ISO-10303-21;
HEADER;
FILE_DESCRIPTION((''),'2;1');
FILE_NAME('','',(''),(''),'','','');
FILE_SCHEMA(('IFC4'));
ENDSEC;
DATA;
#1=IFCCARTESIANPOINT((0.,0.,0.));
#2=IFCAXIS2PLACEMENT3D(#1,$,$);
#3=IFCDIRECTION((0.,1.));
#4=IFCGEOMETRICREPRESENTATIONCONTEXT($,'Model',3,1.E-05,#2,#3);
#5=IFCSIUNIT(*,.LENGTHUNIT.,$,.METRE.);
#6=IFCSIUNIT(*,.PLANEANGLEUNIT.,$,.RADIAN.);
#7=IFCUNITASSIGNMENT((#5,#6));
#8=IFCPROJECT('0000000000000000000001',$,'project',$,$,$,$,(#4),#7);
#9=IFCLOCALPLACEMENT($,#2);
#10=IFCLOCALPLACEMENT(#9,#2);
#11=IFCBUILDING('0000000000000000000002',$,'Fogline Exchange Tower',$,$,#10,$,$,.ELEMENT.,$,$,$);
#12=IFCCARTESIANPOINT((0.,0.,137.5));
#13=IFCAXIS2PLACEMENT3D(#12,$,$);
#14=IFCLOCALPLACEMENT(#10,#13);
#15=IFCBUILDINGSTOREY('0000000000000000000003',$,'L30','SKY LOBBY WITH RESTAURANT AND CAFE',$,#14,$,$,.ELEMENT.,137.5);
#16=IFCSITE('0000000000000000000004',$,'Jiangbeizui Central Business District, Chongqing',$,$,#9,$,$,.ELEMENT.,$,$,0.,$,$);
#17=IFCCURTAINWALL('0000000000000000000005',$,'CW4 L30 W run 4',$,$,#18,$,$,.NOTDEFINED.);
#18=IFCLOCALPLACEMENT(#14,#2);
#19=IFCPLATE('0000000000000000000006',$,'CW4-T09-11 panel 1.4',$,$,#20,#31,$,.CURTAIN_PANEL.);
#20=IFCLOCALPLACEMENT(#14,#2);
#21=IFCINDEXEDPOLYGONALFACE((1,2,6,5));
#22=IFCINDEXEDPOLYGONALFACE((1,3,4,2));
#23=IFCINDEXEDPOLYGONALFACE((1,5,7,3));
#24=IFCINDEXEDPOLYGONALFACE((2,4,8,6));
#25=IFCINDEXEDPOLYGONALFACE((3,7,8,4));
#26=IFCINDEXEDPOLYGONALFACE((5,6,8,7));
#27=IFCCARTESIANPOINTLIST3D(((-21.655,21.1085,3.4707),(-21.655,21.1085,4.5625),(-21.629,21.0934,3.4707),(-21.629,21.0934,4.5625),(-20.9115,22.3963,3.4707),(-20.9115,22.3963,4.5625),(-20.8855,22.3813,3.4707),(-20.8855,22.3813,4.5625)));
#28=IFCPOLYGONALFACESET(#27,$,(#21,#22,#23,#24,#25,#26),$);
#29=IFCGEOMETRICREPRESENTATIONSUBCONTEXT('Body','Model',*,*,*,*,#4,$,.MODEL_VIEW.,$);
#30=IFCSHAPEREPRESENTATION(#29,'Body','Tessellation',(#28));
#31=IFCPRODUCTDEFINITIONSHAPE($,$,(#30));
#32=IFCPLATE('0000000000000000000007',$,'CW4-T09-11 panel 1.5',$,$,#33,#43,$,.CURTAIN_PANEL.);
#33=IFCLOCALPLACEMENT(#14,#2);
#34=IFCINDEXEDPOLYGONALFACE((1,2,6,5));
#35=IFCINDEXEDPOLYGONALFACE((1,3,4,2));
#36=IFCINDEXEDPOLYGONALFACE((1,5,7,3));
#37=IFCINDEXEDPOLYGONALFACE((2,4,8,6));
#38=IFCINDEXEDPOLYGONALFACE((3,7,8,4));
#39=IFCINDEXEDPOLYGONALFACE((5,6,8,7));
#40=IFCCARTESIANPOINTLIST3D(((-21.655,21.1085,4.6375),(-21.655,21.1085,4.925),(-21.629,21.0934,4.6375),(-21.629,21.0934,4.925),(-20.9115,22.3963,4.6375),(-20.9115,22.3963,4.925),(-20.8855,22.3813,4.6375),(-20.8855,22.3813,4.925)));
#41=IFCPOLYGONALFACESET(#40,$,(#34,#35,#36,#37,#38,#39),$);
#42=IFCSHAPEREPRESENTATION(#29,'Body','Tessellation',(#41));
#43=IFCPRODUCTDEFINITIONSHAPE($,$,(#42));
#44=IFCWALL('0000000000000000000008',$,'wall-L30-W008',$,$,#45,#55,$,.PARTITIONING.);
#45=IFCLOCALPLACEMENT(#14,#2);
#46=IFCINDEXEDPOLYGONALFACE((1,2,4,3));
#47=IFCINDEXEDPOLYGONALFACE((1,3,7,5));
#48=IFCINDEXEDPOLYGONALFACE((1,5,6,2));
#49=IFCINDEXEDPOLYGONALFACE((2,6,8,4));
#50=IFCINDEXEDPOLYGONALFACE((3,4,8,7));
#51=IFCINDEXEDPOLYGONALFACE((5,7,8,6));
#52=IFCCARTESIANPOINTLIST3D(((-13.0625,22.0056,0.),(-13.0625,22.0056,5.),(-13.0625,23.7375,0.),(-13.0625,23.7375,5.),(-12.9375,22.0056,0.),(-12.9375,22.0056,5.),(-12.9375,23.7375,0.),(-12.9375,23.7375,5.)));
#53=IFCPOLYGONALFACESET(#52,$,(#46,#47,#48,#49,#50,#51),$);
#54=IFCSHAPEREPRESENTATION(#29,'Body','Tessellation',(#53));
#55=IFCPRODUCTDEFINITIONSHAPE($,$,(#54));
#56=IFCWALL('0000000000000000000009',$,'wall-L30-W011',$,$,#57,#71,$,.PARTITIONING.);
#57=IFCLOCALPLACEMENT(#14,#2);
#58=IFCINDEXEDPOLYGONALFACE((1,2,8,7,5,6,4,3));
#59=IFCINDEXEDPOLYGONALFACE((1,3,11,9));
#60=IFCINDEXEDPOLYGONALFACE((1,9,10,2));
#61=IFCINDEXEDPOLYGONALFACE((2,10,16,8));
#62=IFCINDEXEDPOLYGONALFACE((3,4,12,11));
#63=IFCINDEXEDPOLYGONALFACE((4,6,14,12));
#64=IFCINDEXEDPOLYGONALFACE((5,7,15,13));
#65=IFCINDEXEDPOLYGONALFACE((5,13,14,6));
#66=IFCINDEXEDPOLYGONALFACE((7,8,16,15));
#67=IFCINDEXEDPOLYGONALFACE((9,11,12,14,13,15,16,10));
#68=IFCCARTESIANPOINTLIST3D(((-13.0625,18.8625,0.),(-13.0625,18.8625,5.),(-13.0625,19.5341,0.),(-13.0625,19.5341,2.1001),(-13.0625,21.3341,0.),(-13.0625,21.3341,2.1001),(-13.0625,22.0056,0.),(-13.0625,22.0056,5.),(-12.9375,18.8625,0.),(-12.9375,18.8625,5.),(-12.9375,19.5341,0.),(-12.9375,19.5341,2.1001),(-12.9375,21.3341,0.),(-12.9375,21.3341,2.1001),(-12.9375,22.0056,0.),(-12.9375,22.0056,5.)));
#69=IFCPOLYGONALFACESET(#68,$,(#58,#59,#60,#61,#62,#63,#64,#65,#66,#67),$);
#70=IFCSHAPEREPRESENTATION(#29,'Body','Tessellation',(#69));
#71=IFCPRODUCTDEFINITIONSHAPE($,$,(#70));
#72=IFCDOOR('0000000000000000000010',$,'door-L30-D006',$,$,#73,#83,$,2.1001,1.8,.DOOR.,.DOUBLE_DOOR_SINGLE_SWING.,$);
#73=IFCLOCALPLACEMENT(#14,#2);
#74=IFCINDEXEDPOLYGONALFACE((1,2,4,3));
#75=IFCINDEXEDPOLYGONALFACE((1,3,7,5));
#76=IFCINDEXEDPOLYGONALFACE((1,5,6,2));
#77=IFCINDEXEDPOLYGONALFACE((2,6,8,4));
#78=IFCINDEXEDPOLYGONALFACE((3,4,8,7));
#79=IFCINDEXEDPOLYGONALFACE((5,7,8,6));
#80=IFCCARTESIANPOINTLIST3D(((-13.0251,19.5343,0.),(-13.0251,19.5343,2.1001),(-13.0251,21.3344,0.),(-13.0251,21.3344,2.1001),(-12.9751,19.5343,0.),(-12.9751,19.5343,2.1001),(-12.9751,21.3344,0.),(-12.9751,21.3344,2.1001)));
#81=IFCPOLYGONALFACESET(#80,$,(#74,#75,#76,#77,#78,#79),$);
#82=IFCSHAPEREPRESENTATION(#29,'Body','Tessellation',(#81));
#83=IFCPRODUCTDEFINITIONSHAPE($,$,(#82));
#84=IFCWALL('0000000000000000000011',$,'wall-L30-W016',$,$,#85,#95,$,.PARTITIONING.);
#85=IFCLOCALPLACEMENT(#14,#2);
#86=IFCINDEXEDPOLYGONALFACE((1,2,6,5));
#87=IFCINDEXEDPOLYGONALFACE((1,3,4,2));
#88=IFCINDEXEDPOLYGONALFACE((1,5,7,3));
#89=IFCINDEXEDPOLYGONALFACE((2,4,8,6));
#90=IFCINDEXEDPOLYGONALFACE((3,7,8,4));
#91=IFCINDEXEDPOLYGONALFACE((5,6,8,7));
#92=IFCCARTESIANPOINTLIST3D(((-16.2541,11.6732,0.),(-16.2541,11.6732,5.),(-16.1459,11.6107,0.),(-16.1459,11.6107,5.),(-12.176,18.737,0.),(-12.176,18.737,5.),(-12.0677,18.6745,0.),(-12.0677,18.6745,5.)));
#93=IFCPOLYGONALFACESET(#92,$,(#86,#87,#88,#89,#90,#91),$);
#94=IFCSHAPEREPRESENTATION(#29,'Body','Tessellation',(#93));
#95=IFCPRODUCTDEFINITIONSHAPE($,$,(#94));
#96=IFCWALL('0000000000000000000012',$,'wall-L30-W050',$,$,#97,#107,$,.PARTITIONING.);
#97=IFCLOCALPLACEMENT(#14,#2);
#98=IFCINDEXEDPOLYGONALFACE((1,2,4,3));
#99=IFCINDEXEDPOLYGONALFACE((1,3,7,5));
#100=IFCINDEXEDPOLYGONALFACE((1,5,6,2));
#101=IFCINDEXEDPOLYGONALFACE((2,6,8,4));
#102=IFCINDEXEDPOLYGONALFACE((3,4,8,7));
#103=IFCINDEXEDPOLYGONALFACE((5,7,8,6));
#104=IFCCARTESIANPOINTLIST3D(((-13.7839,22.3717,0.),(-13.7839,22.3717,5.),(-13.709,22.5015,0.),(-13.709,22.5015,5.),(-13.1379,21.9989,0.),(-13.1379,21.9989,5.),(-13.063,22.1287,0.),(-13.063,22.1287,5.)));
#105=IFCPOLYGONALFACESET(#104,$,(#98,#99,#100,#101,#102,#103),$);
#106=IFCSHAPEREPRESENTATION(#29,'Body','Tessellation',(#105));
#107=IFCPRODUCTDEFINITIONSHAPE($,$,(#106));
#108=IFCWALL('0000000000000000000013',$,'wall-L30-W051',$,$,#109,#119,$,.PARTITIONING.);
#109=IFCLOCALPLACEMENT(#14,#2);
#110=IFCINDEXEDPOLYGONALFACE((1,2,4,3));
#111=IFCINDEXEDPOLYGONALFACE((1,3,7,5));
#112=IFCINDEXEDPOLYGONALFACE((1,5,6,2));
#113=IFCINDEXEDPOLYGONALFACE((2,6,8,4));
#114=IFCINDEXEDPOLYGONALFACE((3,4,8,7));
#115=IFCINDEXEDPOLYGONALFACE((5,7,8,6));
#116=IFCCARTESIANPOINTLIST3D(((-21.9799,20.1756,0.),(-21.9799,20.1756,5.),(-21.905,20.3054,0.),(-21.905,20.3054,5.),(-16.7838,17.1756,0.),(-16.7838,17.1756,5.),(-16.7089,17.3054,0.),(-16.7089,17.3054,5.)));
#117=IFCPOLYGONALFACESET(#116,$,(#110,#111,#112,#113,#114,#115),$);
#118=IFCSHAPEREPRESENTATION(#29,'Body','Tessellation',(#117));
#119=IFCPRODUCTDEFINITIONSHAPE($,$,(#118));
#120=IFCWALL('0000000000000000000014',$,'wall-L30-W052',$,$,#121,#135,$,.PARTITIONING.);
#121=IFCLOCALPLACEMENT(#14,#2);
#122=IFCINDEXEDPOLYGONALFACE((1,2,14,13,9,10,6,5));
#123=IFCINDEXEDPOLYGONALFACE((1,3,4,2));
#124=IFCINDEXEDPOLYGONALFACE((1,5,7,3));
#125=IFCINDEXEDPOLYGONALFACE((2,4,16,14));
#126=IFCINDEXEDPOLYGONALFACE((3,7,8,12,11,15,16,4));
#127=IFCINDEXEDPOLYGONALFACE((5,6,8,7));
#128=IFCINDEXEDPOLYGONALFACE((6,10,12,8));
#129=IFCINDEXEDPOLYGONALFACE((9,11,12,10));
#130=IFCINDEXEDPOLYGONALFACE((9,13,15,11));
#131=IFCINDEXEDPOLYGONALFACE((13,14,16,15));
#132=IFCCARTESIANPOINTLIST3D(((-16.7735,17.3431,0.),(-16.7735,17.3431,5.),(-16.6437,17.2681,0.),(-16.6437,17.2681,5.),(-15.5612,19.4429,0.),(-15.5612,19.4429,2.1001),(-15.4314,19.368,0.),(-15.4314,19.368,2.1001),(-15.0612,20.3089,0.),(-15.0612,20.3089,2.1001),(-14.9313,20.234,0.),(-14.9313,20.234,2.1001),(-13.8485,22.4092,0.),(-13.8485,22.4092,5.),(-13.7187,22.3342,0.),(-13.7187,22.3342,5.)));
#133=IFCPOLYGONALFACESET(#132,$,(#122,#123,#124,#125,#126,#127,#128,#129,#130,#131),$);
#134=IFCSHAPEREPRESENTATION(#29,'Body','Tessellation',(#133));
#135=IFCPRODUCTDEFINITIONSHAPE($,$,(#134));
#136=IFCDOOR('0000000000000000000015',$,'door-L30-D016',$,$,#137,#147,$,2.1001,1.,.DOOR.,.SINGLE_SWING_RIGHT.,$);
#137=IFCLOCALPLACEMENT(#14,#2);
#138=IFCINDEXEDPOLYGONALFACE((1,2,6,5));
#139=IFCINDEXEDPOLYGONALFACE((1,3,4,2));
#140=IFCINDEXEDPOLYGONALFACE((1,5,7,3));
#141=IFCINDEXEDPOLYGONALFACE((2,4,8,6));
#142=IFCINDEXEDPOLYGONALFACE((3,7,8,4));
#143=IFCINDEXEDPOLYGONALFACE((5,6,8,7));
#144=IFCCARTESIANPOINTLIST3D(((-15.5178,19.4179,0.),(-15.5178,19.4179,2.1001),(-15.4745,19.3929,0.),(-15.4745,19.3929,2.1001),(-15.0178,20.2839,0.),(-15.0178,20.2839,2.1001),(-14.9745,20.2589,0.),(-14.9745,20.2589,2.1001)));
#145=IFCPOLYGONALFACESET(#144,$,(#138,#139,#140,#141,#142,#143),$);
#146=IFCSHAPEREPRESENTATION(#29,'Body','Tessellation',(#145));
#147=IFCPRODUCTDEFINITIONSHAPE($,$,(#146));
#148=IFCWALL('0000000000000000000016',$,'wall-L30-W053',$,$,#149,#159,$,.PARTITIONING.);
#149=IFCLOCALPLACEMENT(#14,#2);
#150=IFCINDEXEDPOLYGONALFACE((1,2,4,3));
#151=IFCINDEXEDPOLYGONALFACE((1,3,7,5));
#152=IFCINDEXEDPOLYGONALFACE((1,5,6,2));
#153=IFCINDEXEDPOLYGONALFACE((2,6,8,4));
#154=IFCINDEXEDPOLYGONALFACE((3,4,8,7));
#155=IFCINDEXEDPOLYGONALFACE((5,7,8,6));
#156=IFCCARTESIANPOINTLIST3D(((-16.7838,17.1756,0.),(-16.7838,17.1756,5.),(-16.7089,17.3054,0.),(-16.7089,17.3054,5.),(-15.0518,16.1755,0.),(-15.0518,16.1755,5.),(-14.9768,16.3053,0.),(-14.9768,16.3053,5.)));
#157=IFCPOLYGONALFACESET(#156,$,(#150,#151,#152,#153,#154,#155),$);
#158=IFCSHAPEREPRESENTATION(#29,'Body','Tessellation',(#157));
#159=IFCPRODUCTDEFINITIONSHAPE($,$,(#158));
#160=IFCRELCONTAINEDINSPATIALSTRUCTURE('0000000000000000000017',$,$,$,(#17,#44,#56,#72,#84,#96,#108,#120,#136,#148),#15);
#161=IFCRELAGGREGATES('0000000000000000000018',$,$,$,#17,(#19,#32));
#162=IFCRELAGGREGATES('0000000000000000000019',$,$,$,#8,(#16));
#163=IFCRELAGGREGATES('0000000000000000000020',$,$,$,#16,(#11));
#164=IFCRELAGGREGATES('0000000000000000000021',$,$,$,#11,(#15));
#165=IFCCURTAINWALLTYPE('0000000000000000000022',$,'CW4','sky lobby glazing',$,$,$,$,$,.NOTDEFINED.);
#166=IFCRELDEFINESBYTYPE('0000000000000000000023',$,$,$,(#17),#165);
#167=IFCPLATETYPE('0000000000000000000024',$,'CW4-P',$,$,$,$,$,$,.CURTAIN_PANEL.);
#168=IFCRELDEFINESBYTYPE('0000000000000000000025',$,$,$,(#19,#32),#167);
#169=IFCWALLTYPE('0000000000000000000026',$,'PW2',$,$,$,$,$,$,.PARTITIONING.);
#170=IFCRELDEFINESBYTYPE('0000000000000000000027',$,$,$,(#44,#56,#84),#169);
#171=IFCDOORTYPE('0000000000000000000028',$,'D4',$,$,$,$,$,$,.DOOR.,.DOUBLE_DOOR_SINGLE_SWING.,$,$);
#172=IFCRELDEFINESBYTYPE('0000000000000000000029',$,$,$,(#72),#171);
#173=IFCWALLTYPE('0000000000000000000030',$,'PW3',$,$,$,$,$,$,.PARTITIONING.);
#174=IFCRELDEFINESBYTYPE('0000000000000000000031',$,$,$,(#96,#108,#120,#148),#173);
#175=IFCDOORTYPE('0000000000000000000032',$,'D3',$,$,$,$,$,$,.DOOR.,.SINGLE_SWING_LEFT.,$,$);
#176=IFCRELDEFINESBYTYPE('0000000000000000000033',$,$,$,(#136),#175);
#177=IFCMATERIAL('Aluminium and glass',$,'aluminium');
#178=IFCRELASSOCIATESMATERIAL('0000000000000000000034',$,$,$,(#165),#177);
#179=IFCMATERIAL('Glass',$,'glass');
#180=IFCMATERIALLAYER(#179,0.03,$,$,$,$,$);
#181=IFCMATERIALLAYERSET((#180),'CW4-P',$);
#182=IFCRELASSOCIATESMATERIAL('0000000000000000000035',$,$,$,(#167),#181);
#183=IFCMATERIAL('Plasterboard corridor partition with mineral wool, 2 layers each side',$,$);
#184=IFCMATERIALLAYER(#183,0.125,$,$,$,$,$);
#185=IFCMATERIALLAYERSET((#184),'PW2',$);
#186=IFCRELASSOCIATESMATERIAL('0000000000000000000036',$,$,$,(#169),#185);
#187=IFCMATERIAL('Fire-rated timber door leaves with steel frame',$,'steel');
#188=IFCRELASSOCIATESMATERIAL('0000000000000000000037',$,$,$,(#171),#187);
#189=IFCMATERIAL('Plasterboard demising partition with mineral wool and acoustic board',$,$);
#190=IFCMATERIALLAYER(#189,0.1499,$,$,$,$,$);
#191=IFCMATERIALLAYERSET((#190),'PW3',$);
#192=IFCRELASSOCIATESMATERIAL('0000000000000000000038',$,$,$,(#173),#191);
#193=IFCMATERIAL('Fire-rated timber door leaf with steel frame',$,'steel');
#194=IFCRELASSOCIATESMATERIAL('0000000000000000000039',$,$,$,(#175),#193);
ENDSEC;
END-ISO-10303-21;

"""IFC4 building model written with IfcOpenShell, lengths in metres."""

from ifc_helpers import new_model, si_unit, direction, frame, frame_2d, origin, origin_2d, place, context, subcontext, project, spatial, rectangle, extrude, material, layer, layer_set, type_object, element, fill, aggregate, save


model = new_model("IFC4")

# Units and contexts
model_context = context("Model", 3, precision=1e-05, world=origin(), true_north=direction((0.0, 1.0)))
body_context = subcontext(model_context, "Body", "Model", "MODEL_VIEW")
ifc_project = project(units=[si_unit("LENGTHUNIT", "METRE"), si_unit("PLANEANGLEUNIT", "RADIAN")], contexts=[model_context])

# Site, building, storey
site_placement = place(None, origin())
site = spatial("IfcSite", under=ifc_project, at=site_placement, Name="Jiangbeizui Central Business District, Chongqing", CompositionType="ELEMENT", RefElevation=0.0)
building_placement = place(site_placement, origin())
building = spatial("IfcBuilding", under=site, at=building_placement, Name="Fogline Exchange Tower", CompositionType="ELEMENT")
storey_placement = place(building_placement, frame((0.0, 0.0, 137.5)))
storey = spatial("IfcBuildingStorey", under=building, at=storey_placement, Name="L30", Description="SKY LOBBY WITH RESTAURANT AND CAFE", CompositionType="ELEMENT", Elevation=137.5)

# Curtain wall, plates
ifc_material_1 = material(Name="Aluminium and glass", Category="aluminium")
curtain_wall_type = type_object("IfcCurtainWallType", Name="CW4", Description="sky lobby glazing", PredefinedType="NOTDEFINED", material=ifc_material_1)
curtain_wall_placement = place(storey_placement, origin())
curtain_wall = element("IfcCurtainWall", 1, at=curtain_wall_placement, inside=storey, type_object=curtain_wall_type, Name="CW4 L30 W run 4", PredefinedType="NOTDEFINED")
ifc_material_2 = material(Name="Glass", Category="glass")
ifc_layer_1 = layer(ifc_material_2, 0.03)
ifc_layer_set_1 = layer_set([ifc_layer_1], Name="CW4-P")
plate_type = type_object("IfcPlateType", Name="CW4-P", PredefinedType="CURTAIN_PANEL", material=ifc_layer_set_1)
plate_1_placement = place(storey_placement, frame((-21.2703, 21.7449, 3.4707), z_axis=(0.0, 0.0, 1.0), x_axis=(-0.5, -0.866025, 0.0)))
plate_1 = element("IfcPlate", 2, at=plate_1_placement, type_object=plate_type, Name="CW4-T09-11 panel 1.4", PredefinedType="CURTAIN_PANEL", context=body_context, shape_type="SweptSolid", body=[
    extrude(rectangle(XDim=1.4871, YDim=0.03, at=origin_2d()), origin(), (0.0, 0.0, 1.0), 1.0918),
])
plate_2_placement = place(storey_placement, frame((-21.2703, 21.7449, 4.6375), z_axis=(0.0, 0.0, 1.0), x_axis=(-0.5, -0.866025, 0.0)))
plate_2 = element("IfcPlate", 3, at=plate_2_placement, type_object=plate_type, Name="CW4-T09-11 panel 1.5", PredefinedType="CURTAIN_PANEL", context=body_context, shape_type="SweptSolid", body=[
    extrude(rectangle(XDim=1.4871, YDim=0.03, at=origin_2d()), origin(), (0.0, 0.0, 1.0), 0.2876),
])
aggregate(curtain_wall, [plate_1, plate_2])

# Wall
ifc_material_3 = material(Name="Plasterboard corridor partition with mineral wool, 2 layers each side")
ifc_layer_2 = layer(ifc_material_3, 0.125)
ifc_layer_set_2 = layer_set([ifc_layer_2], Name="PW2")
wall_type_1 = type_object("IfcWallType", Name="PW2", PredefinedType="PARTITIONING", material=ifc_layer_set_2)
wall_1_placement = place(storey_placement, frame((-13.0, 22.0056, 0.0), z_axis=(0.0, 0.0, 1.0), x_axis=(0.0, 1.0, 0.0)))
element("IfcWall", 4, at=wall_1_placement, inside=storey, type_object=wall_type_1, Name="wall-L30-W008", PredefinedType="PARTITIONING", context=body_context, shape_type="SweptSolid", body=[
    extrude(rectangle(XDim=1.7319, YDim=0.125, at=frame_2d((0.866, 0.0))), origin(), (0.0, 0.0, 1.0), 5.0),
])

# Wall, opening, door
wall_2_placement = place(storey_placement, frame((-13.0, 18.8625, 0.0), z_axis=(0.0, 0.0, 1.0), x_axis=(0.0, 1.0, 0.0)))
wall_2 = element("IfcWall", 5, at=wall_2_placement, inside=storey, type_object=wall_type_1, Name="wall-L30-W011", PredefinedType="PARTITIONING", context=body_context, shape_type="SweptSolid", body=[
    extrude(rectangle(XDim=3.1431, YDim=0.125, at=frame_2d((1.5715, 0.0))), origin(), (0.0, 0.0, 1.0), 5.0),
])
opening_1_placement = place(wall_2_placement, frame((0.6716, 0.0, 0.0)))
opening_1 = element("IfcOpeningElement", 6, at=opening_1_placement, cuts=wall_2, PredefinedType="OPENING", context=body_context, shape_type="SweptSolid", body=[
    extrude(rectangle(XDim=1.8, YDim=2.1001, at=frame_2d((0.8999, 1.05))), frame((0.0, 0.0725, 0.0), z_axis=(0.0, -1.0, 0.0), x_axis=(1.0, 0.0, 0.0)), (0.0, 0.0, 1.0), 0.145),
])
ifc_material_4 = material(Name="Fire-rated timber door leaves with steel frame", Category="steel")
door_type_1 = type_object("IfcDoorType", Name="D4", OperationType="DOUBLE_DOOR_SINGLE_SWING", PredefinedType="DOOR", material=ifc_material_4)
door_1_placement = place(opening_1_placement, frame((1.8, 0.0, 0.0), z_axis=(0.0, 0.0, 1.0), x_axis=(-1.0, 0.0, 0.0)))
door_1 = element("IfcDoor", 7, at=door_1_placement, inside=storey, type_object=door_type_1, Name="door-L30-D006", OperationType="DOUBLE_DOOR_SINGLE_SWING", OverallHeight=2.1001, OverallWidth=1.8, PredefinedType="DOOR", context=body_context, shape_type="SweptSolid", body=[
    extrude(rectangle(XDim=1.8, YDim=2.1001, at=frame_2d((0.8999, 1.05))), frame((0.0, 0.0249, 0.0), z_axis=(0.0, -1.0, 0.0), x_axis=(1.0, 0.0, 0.0)), (0.0, 0.0, 1.0), 0.05),
])
fill(opening_1, door_1)

# Walls
wall_3_placement = place(storey_placement, frame((-16.2, 11.6421, 0.0), z_axis=(0.0, 0.0, 1.0), x_axis=(0.499989, 0.866032, 0.0)))
element("IfcWall", 8, at=wall_3_placement, inside=storey, type_object=wall_type_1, Name="wall-L30-W016", PredefinedType="PARTITIONING", context=body_context, shape_type="SweptSolid", body=[
    extrude(rectangle(XDim=8.1565, YDim=0.125, at=frame_2d((4.0781, 0.0))), origin(), (0.0, 0.0, 1.0), 5.0),
])
ifc_material_5 = material(Name="Plasterboard demising partition with mineral wool and acoustic board")
ifc_layer_3 = layer(ifc_material_5, 0.1499)
ifc_layer_set_3 = layer_set([ifc_layer_3], Name="PW3")
wall_type_2 = type_object("IfcWallType", Name="PW3", PredefinedType="PARTITIONING", material=ifc_layer_set_3)
wall_4_placement = place(storey_placement, frame((-13.1003, 22.0637, 0.0), z_axis=(0.0, 0.0, 1.0), x_axis=(-0.86612, 0.499836, 0.0)))
element("IfcWall", 9, at=wall_4_placement, inside=storey, type_object=wall_type_2, Name="wall-L30-W050", PredefinedType="PARTITIONING", context=body_context, shape_type="SweptSolid", body=[
    extrude(rectangle(XDim=0.7458, YDim=0.1499, at=frame_2d((0.373, 0.0))), origin(), (0.0, 0.0, 1.0), 5.0),
])
wall_5_placement = place(storey_placement, frame((-16.7463, 17.2405, 0.0), z_axis=(0.0, 0.0, 1.0), x_axis=(-0.866021, 0.500008, 0.0)))
element("IfcWall", 10, at=wall_5_placement, inside=storey, type_object=wall_type_2, Name="wall-L30-W051", PredefinedType="PARTITIONING", context=body_context, shape_type="SweptSolid", body=[
    extrude(rectangle(XDim=6.0, YDim=0.1499, at=frame_2d((3.0, 0.0))), origin(), (0.0, 0.0, 1.0), 5.0),
])

# Wall, opening, door
wall_6_placement = place(storey_placement, frame((-13.7837, 22.3716, 0.0), z_axis=(0.0, 0.0, 1.0), x_axis=(-0.500013, -0.866018, 0.0)))
wall_6 = element("IfcWall", 11, at=wall_6_placement, inside=storey, type_object=wall_type_2, Name="wall-L30-W052", PredefinedType="PARTITIONING", context=body_context, shape_type="SweptSolid", body=[
    extrude(rectangle(XDim=5.8499, YDim=0.1499, at=frame_2d((2.9248, 0.0))), origin(), (0.0, 0.0, 1.0), 5.0),
])
opening_2_placement = place(wall_6_placement, frame((2.425, 0.0, 0.0)))
opening_2 = element("IfcOpeningElement", 12, at=opening_2_placement, cuts=wall_6, PredefinedType="OPENING", context=body_context, shape_type="SweptSolid", body=[
    extrude(rectangle(XDim=1.0, YDim=2.1001, at=frame_2d((0.5, 1.05))), frame((0.0, 0.085, 0.0), z_axis=(0.0, -1.0, 0.0), x_axis=(1.0, 0.0, 0.0)), (0.0, 0.0, 1.0), 0.1699),
])
ifc_material_6 = material(Name="Fire-rated timber door leaf with steel frame", Category="steel")
door_type_2 = type_object("IfcDoorType", Name="D3", OperationType="SINGLE_SWING_LEFT", PredefinedType="DOOR", material=ifc_material_6)
door_2_placement = place(opening_2_placement, frame((1.0, 0.0, 0.0), z_axis=(0.0, 0.0, 1.0), x_axis=(-1.0, 0.0, 0.0)))
door_2 = element("IfcDoor", 13, at=door_2_placement, inside=storey, type_object=door_type_2, Name="door-L30-D016", OperationType="SINGLE_SWING_RIGHT", OverallHeight=2.1001, OverallWidth=1.0, PredefinedType="DOOR", context=body_context, shape_type="SweptSolid", body=[
    extrude(rectangle(XDim=1.0, YDim=2.1001, at=frame_2d((0.5, 1.05))), frame((0.0, 0.0249, 0.0), z_axis=(0.0, -1.0, 0.0), x_axis=(1.0, 0.0, 0.0)), (0.0, 0.0, 1.0), 0.05),
])
fill(opening_2, door_2)

# Wall
wall_7_placement = place(storey_placement, frame((-16.7463, 17.2405, 0.0), z_axis=(0.0, 0.0, 1.0), x_axis=(0.866011, -0.500025, 0.0)))
element("IfcWall", 14, at=wall_7_placement, inside=storey, type_object=wall_type_2, Name="wall-L30-W053", PredefinedType="PARTITIONING", context=body_context, shape_type="SweptSolid", body=[
    extrude(rectangle(XDim=2.0, YDim=0.1499, at=frame_2d((1.0, 0.0))), origin(), (0.0, 0.0, 1.0), 5.0),
])

save(model, "model.ifc")
